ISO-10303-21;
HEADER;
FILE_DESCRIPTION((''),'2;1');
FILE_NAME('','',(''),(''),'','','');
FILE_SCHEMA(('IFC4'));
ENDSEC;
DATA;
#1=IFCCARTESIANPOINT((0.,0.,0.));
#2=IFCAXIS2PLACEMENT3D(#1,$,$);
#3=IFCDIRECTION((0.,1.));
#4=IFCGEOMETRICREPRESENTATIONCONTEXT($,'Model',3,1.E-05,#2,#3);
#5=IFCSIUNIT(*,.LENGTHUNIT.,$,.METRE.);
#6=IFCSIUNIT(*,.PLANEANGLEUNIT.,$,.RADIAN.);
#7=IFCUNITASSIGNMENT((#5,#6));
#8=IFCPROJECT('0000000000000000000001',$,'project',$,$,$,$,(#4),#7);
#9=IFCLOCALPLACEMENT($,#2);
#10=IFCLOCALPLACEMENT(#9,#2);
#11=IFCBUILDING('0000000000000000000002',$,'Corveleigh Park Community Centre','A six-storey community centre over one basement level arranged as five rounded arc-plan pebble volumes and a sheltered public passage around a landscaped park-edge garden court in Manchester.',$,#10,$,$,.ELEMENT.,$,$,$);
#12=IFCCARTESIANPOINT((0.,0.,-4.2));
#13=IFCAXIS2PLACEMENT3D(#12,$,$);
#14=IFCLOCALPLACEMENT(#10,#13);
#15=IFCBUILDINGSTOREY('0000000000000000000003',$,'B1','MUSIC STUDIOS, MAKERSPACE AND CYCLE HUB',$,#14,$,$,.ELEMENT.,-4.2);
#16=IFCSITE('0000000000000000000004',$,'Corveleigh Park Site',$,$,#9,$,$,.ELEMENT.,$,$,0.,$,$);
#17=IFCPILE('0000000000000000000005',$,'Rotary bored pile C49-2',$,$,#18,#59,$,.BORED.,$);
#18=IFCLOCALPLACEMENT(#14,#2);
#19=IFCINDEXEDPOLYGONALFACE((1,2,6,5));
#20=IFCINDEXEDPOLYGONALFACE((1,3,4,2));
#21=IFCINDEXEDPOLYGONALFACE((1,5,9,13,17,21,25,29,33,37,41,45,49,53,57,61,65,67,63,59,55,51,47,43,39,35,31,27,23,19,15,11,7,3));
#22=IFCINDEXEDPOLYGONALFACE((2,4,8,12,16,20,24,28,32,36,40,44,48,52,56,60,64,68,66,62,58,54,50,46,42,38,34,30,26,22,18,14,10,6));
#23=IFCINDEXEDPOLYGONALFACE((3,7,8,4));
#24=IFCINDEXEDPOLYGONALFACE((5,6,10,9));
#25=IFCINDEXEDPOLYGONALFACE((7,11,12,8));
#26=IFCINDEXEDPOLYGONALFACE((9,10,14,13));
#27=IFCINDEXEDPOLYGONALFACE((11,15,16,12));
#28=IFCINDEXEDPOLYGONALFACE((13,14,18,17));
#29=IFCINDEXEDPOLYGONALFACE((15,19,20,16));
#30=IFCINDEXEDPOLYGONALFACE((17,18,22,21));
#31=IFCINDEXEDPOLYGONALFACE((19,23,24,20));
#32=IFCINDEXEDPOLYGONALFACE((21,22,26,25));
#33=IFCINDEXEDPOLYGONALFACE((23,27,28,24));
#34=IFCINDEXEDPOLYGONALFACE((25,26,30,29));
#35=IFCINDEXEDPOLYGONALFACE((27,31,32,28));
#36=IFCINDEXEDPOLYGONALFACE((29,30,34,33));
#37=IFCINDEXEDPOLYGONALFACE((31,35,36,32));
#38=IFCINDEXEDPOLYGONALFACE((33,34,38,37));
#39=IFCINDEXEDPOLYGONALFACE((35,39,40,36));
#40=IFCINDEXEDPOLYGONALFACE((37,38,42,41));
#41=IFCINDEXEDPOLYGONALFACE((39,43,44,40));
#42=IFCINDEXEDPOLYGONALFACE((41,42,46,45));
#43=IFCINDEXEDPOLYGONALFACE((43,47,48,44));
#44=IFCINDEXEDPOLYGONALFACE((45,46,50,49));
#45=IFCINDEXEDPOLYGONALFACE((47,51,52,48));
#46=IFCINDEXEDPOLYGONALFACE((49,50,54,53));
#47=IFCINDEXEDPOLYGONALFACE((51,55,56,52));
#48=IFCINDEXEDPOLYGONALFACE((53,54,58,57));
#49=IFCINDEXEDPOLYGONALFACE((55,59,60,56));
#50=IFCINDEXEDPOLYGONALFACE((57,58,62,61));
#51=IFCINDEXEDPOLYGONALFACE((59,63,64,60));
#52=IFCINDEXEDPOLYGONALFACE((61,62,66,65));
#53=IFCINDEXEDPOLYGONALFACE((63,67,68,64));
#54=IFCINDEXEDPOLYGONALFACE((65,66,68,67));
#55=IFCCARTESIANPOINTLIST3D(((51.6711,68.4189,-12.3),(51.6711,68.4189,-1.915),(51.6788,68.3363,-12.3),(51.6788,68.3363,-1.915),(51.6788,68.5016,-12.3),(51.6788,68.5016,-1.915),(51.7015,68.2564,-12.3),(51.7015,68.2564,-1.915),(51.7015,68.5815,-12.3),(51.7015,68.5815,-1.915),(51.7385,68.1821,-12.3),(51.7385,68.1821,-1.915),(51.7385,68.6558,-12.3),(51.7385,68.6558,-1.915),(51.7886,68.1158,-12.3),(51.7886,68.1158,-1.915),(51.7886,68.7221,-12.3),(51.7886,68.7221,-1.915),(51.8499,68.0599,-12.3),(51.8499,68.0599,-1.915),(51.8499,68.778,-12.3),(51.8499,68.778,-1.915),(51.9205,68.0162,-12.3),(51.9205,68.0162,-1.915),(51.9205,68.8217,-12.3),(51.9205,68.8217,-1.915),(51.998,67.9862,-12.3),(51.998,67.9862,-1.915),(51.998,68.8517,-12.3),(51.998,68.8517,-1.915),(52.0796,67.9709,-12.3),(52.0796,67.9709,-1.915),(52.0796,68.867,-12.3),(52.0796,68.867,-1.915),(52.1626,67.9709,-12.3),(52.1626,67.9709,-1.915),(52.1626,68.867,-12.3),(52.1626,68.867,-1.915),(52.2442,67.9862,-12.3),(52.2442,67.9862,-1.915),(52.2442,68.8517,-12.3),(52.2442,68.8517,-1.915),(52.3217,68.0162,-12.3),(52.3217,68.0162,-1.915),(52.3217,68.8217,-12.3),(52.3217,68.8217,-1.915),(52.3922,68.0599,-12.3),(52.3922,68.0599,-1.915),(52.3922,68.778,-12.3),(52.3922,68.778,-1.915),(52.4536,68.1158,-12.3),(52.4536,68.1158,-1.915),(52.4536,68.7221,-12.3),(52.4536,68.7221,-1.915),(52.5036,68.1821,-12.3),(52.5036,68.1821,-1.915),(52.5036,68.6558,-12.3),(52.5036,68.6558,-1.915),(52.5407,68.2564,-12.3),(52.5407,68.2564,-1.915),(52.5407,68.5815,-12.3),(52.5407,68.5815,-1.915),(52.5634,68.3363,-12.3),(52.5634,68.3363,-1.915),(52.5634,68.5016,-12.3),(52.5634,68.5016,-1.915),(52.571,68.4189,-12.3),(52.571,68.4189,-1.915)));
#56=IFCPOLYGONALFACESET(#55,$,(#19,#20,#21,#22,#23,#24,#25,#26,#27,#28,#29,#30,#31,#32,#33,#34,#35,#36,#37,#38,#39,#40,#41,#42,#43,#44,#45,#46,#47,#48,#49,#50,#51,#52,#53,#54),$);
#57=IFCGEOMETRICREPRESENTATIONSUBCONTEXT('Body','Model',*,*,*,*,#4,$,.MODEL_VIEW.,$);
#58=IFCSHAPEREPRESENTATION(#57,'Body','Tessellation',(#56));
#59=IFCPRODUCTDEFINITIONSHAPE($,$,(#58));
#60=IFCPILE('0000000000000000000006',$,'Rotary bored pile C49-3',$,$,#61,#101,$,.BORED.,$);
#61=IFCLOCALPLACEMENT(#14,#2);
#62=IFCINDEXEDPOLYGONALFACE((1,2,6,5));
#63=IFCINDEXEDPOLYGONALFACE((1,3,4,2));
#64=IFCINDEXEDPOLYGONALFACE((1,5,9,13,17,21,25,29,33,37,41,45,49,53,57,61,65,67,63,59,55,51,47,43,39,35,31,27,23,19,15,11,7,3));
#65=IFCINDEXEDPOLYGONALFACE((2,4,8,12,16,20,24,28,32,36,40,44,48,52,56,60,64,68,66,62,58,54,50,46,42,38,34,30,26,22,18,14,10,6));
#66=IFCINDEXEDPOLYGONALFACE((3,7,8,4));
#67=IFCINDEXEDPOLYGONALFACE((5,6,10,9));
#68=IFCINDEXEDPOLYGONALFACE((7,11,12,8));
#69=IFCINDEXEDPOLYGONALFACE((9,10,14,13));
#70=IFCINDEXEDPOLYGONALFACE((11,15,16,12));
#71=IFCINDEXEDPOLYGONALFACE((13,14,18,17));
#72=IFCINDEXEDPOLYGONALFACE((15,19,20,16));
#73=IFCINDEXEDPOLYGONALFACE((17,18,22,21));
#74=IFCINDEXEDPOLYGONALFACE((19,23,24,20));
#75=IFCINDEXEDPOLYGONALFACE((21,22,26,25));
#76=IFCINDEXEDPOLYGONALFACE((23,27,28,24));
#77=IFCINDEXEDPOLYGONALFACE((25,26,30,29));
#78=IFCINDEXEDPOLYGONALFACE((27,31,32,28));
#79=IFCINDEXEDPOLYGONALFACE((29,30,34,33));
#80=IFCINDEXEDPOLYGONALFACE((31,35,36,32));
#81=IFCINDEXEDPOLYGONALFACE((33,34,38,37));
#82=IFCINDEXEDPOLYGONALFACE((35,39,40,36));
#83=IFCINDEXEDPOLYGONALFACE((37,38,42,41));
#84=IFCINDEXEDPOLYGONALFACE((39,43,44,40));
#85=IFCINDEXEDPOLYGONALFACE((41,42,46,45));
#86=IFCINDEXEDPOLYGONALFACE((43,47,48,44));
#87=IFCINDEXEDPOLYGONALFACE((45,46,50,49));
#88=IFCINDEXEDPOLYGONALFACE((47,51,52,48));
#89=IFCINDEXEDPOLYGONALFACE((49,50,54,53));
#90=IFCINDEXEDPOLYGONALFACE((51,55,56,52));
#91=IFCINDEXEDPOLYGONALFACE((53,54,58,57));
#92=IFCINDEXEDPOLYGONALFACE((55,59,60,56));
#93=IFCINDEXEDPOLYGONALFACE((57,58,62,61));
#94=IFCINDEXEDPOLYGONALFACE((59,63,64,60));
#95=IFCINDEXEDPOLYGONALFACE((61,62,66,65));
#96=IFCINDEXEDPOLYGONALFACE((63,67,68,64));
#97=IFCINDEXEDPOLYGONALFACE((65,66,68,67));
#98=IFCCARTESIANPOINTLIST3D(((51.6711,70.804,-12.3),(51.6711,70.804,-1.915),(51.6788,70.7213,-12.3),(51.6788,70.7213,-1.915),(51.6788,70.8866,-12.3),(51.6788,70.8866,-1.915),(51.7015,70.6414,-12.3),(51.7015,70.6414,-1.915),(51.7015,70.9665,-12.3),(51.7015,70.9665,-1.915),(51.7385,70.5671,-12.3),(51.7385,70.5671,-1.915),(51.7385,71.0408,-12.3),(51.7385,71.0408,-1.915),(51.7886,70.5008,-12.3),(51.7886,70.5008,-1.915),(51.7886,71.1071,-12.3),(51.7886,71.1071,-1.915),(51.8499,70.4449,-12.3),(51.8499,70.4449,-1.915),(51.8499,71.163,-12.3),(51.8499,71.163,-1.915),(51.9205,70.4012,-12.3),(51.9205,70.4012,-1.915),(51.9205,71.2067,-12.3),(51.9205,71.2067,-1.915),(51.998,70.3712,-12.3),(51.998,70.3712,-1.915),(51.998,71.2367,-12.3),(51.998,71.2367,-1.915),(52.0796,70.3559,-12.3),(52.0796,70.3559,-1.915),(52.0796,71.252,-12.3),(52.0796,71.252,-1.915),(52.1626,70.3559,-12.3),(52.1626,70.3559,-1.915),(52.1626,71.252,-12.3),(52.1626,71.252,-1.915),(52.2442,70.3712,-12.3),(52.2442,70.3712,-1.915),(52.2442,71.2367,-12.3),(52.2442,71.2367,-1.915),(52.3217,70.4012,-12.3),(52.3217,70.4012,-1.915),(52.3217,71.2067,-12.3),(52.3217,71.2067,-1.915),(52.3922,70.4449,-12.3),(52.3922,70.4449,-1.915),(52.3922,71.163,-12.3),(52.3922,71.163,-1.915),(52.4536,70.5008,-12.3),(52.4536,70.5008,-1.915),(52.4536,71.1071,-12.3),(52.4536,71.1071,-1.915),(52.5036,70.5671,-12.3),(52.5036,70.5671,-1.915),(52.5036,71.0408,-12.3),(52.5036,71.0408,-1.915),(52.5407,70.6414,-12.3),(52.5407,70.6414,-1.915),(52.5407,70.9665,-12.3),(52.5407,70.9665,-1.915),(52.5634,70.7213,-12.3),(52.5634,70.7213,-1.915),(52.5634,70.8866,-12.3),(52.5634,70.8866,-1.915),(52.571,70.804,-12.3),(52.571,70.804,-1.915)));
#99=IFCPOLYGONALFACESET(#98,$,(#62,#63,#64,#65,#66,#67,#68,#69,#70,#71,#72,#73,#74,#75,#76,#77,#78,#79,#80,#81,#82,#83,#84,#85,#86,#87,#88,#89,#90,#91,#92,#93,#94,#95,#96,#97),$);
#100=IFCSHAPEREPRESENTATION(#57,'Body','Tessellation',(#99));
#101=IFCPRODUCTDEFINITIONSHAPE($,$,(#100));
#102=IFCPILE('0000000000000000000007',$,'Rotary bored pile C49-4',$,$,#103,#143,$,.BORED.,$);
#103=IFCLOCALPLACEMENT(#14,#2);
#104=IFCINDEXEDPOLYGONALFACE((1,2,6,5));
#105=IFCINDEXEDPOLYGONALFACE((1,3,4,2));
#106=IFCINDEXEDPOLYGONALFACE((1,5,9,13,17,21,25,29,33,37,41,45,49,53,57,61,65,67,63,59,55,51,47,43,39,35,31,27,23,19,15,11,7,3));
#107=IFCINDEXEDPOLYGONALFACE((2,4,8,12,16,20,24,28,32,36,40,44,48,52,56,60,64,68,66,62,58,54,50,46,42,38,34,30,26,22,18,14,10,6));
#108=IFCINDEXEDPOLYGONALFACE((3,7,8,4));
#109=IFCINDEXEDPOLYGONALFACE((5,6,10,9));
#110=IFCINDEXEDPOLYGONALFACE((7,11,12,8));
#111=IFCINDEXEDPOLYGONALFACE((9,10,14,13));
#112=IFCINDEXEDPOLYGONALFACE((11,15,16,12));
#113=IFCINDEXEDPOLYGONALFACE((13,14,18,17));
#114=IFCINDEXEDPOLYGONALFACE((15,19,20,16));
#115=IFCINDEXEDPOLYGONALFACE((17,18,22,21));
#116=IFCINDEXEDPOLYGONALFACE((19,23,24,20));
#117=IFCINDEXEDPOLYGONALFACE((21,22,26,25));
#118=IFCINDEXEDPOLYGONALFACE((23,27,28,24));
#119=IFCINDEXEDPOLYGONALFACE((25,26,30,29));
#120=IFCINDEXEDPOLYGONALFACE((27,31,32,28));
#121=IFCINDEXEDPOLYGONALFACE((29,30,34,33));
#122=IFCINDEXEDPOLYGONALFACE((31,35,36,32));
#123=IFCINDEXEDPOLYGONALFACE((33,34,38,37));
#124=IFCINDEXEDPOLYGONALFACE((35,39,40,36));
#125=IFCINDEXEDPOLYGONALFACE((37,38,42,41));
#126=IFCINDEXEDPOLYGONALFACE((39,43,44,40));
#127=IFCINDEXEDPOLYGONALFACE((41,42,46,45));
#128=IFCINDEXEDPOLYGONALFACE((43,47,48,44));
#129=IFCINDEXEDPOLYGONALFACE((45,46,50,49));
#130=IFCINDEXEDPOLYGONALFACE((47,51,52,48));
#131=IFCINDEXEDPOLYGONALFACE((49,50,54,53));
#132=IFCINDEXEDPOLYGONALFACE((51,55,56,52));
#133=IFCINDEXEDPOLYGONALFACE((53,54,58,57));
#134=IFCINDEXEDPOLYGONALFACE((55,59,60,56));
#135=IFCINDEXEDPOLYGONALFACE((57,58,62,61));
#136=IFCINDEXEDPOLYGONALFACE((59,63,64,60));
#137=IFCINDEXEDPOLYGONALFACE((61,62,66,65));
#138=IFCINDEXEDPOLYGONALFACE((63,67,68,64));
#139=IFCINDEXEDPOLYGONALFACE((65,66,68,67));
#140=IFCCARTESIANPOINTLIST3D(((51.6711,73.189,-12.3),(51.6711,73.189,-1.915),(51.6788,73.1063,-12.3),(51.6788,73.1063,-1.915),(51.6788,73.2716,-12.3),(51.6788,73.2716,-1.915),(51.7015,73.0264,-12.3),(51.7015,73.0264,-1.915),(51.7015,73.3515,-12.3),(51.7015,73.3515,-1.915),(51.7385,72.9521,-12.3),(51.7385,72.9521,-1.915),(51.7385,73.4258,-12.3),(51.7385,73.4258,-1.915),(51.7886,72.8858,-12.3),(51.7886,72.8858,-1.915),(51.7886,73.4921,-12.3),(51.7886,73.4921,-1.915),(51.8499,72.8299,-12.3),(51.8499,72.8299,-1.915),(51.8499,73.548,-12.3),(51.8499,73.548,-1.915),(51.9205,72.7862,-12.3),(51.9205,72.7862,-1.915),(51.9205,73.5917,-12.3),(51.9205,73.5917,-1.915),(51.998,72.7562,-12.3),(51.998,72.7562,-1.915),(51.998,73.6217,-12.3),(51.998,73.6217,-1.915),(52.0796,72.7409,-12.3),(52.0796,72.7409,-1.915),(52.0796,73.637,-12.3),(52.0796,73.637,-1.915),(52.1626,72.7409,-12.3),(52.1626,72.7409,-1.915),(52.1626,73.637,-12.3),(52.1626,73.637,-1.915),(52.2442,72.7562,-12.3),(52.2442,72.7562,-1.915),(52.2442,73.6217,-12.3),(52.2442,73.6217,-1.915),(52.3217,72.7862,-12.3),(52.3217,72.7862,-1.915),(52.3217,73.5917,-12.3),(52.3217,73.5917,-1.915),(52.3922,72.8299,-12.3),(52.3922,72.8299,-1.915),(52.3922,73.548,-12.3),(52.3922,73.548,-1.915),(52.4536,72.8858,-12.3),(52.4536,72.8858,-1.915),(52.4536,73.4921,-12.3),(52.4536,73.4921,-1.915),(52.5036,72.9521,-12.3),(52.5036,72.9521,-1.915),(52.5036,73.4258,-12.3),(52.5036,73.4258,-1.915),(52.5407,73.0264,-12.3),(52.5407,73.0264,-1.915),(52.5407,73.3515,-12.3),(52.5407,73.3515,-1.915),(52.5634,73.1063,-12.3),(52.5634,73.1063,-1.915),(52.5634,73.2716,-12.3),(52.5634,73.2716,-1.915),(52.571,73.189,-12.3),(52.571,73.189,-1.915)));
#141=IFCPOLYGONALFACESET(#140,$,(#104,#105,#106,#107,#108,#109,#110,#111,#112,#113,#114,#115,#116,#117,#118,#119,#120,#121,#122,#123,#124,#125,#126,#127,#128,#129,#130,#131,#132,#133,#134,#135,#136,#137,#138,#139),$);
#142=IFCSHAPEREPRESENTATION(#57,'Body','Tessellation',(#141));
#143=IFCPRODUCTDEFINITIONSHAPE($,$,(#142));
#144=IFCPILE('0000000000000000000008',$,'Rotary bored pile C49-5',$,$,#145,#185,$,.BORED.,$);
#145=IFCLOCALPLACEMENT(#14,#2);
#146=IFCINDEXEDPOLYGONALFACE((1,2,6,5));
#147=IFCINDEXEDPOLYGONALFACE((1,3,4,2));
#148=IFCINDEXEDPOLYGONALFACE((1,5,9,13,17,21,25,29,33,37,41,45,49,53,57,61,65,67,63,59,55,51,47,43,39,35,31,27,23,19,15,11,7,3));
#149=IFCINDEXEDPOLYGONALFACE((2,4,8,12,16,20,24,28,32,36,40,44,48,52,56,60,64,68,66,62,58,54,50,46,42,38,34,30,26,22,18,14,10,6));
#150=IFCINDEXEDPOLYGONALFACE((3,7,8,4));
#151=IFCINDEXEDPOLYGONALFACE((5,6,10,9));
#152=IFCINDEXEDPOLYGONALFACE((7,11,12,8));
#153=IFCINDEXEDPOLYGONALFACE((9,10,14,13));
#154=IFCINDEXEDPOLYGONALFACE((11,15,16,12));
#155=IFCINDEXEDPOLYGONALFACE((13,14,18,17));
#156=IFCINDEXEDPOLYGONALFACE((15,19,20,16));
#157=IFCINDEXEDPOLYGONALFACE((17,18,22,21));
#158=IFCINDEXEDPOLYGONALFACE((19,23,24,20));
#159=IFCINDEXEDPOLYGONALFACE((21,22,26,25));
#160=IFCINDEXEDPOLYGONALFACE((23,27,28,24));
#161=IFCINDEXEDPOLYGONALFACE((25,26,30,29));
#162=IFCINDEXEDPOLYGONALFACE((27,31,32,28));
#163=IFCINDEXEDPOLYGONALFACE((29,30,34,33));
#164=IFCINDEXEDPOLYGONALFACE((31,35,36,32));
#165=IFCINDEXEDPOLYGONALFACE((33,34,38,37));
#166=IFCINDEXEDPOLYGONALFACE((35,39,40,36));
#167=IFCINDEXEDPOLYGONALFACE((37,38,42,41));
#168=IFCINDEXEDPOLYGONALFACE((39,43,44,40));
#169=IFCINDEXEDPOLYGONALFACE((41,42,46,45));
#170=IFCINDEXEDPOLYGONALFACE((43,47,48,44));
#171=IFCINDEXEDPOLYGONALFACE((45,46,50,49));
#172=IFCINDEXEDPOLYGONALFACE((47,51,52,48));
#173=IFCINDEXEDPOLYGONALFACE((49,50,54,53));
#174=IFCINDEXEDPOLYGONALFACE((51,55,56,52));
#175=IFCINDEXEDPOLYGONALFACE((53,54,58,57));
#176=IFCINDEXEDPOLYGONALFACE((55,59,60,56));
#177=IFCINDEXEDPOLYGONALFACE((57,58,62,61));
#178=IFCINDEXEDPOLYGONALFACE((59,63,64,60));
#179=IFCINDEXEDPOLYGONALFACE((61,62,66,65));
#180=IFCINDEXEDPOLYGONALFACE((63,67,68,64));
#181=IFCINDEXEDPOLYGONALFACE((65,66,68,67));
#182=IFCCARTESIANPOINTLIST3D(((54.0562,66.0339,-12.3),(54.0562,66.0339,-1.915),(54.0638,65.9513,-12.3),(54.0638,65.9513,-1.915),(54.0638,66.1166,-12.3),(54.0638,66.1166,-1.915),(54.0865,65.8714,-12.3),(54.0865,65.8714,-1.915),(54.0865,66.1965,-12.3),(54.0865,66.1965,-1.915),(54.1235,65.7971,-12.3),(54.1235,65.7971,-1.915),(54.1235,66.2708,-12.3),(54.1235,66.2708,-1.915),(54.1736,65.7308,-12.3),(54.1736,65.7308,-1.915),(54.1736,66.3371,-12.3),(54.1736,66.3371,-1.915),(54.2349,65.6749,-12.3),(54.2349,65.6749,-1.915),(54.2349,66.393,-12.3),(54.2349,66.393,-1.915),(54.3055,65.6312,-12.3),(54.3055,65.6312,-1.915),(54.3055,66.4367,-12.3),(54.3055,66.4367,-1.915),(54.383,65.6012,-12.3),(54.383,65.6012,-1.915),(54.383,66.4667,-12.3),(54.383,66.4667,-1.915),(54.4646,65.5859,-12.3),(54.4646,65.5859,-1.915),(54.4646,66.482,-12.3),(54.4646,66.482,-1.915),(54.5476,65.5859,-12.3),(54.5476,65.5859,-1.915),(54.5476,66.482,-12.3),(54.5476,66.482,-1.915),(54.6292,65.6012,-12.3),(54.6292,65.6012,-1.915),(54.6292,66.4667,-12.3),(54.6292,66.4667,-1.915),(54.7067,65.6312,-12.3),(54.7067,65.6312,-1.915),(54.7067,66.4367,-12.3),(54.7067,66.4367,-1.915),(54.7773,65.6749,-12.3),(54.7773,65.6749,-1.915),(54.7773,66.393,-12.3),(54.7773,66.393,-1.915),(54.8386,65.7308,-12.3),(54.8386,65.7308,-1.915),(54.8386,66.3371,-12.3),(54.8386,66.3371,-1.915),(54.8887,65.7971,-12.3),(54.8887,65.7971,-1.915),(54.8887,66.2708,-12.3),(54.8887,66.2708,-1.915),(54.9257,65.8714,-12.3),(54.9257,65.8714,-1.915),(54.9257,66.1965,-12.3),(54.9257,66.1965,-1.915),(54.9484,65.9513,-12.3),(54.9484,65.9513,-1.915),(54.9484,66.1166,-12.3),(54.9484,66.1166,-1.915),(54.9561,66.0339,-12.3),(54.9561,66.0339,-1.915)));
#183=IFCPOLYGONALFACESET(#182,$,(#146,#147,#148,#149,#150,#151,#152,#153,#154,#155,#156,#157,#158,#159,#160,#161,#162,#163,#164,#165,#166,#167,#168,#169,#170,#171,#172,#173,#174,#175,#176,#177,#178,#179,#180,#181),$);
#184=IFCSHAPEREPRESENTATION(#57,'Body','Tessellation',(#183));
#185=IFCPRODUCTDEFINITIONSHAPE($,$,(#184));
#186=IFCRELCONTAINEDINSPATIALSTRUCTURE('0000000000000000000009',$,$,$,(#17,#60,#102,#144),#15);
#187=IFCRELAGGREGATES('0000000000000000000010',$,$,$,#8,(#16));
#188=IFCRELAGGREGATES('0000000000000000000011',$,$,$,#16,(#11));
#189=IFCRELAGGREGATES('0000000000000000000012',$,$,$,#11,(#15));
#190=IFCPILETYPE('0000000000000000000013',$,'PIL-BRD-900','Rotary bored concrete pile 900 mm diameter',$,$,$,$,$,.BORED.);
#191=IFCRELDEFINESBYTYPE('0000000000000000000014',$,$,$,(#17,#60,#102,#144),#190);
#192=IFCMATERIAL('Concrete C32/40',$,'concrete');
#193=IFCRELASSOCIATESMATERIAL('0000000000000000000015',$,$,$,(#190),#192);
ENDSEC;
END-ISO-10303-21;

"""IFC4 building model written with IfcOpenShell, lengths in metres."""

from ifc_helpers import new_model, si_unit, direction, frame, origin, origin_2d, place, context, subcontext, project, spatial, circle, extrude, material, material_profile, profile_set, type_object, element, save


model = new_model("IFC4")

# Units and contexts
model_context = context("Model", 3, precision=1e-05, world=origin(), true_north=direction((0.0, 1.0)))
body_context = subcontext(model_context, "Body", "Model", "MODEL_VIEW")
ifc_project = project(units=[si_unit("LENGTHUNIT", "METRE"), si_unit("PLANEANGLEUNIT", "RADIAN")], contexts=[model_context])

# Site, building, storey
site_placement = place(None, origin())
site = spatial("IfcSite", under=ifc_project, at=site_placement, Name="Corveleigh Park Site", CompositionType="ELEMENT", RefElevation=0.0)
building_placement = place(site_placement, origin())
building = spatial("IfcBuilding", under=site, at=building_placement, Name="Corveleigh Park Community Centre", Description="A six-storey community centre over one basement level arranged as five rounded arc-plan pebble volumes and a sheltered public passage around a landscaped park-edge garden court in Manchester.", CompositionType="ELEMENT")
storey_placement = place(building_placement, frame((0.0, 0.0, -4.2)))
storey = spatial("IfcBuildingStorey", under=building, at=storey_placement, Name="B1", Description="MUSIC STUDIOS, MAKERSPACE AND CYCLE HUB", CompositionType="ELEMENT", Elevation=-4.2)

# Piles
ifc_material_1 = material(Name="Concrete C32/40", Category="concrete")
ifc_material_profile_1 = material_profile(ifc_material_1, circle(Radius=0.45, at=origin_2d()), Name="BORED-PILE-900", Category="concrete")
ifc_profile_set_1 = profile_set([ifc_material_profile_1], Name="Concrete C32/40")
pile_type_1 = type_object("IfcPileType", Name="PIL-BRD-900", Description="Rotary bored concrete pile 900 mm diameter", PredefinedType="BORED", material=ifc_profile_set_1)
for number, where, z_axis, x_axis, name in (
    (1, (52.1211, 68.4189, -1.915), (0.0, 0.0, -1.0), (1.0, 0.0, 0.0), "Rotary bored pile C49-2"),
    (2, (52.1211, 70.804, -1.915), (0.0, 0.0, -1.0), (1.0, 0.0, 0.0), "Rotary bored pile C49-3"),
    (3, (52.1211, 73.189, -1.915), (0.0, 0.0, -1.0), (1.0, 0.0, 0.0), "Rotary bored pile C49-4"),
    (4, (54.5061, 66.0339, -1.915), (0.0, 0.0, -1.0), (1.0, 0.0, 0.0), "Rotary bored pile C49-5"),
):
    element("IfcPile", number, at=place(storey_placement, frame(where, z_axis=z_axis, x_axis=x_axis)), inside=storey, type_object=pile_type_1, Name=name, PredefinedType="BORED", context=body_context, shape_type="SweptSolid", body=[
        extrude(circle(Radius=0.45, at=origin_2d()), origin(), (0.0, 0.0, 1.0), 10.385),
    ])

save(model, "model.ifc")
